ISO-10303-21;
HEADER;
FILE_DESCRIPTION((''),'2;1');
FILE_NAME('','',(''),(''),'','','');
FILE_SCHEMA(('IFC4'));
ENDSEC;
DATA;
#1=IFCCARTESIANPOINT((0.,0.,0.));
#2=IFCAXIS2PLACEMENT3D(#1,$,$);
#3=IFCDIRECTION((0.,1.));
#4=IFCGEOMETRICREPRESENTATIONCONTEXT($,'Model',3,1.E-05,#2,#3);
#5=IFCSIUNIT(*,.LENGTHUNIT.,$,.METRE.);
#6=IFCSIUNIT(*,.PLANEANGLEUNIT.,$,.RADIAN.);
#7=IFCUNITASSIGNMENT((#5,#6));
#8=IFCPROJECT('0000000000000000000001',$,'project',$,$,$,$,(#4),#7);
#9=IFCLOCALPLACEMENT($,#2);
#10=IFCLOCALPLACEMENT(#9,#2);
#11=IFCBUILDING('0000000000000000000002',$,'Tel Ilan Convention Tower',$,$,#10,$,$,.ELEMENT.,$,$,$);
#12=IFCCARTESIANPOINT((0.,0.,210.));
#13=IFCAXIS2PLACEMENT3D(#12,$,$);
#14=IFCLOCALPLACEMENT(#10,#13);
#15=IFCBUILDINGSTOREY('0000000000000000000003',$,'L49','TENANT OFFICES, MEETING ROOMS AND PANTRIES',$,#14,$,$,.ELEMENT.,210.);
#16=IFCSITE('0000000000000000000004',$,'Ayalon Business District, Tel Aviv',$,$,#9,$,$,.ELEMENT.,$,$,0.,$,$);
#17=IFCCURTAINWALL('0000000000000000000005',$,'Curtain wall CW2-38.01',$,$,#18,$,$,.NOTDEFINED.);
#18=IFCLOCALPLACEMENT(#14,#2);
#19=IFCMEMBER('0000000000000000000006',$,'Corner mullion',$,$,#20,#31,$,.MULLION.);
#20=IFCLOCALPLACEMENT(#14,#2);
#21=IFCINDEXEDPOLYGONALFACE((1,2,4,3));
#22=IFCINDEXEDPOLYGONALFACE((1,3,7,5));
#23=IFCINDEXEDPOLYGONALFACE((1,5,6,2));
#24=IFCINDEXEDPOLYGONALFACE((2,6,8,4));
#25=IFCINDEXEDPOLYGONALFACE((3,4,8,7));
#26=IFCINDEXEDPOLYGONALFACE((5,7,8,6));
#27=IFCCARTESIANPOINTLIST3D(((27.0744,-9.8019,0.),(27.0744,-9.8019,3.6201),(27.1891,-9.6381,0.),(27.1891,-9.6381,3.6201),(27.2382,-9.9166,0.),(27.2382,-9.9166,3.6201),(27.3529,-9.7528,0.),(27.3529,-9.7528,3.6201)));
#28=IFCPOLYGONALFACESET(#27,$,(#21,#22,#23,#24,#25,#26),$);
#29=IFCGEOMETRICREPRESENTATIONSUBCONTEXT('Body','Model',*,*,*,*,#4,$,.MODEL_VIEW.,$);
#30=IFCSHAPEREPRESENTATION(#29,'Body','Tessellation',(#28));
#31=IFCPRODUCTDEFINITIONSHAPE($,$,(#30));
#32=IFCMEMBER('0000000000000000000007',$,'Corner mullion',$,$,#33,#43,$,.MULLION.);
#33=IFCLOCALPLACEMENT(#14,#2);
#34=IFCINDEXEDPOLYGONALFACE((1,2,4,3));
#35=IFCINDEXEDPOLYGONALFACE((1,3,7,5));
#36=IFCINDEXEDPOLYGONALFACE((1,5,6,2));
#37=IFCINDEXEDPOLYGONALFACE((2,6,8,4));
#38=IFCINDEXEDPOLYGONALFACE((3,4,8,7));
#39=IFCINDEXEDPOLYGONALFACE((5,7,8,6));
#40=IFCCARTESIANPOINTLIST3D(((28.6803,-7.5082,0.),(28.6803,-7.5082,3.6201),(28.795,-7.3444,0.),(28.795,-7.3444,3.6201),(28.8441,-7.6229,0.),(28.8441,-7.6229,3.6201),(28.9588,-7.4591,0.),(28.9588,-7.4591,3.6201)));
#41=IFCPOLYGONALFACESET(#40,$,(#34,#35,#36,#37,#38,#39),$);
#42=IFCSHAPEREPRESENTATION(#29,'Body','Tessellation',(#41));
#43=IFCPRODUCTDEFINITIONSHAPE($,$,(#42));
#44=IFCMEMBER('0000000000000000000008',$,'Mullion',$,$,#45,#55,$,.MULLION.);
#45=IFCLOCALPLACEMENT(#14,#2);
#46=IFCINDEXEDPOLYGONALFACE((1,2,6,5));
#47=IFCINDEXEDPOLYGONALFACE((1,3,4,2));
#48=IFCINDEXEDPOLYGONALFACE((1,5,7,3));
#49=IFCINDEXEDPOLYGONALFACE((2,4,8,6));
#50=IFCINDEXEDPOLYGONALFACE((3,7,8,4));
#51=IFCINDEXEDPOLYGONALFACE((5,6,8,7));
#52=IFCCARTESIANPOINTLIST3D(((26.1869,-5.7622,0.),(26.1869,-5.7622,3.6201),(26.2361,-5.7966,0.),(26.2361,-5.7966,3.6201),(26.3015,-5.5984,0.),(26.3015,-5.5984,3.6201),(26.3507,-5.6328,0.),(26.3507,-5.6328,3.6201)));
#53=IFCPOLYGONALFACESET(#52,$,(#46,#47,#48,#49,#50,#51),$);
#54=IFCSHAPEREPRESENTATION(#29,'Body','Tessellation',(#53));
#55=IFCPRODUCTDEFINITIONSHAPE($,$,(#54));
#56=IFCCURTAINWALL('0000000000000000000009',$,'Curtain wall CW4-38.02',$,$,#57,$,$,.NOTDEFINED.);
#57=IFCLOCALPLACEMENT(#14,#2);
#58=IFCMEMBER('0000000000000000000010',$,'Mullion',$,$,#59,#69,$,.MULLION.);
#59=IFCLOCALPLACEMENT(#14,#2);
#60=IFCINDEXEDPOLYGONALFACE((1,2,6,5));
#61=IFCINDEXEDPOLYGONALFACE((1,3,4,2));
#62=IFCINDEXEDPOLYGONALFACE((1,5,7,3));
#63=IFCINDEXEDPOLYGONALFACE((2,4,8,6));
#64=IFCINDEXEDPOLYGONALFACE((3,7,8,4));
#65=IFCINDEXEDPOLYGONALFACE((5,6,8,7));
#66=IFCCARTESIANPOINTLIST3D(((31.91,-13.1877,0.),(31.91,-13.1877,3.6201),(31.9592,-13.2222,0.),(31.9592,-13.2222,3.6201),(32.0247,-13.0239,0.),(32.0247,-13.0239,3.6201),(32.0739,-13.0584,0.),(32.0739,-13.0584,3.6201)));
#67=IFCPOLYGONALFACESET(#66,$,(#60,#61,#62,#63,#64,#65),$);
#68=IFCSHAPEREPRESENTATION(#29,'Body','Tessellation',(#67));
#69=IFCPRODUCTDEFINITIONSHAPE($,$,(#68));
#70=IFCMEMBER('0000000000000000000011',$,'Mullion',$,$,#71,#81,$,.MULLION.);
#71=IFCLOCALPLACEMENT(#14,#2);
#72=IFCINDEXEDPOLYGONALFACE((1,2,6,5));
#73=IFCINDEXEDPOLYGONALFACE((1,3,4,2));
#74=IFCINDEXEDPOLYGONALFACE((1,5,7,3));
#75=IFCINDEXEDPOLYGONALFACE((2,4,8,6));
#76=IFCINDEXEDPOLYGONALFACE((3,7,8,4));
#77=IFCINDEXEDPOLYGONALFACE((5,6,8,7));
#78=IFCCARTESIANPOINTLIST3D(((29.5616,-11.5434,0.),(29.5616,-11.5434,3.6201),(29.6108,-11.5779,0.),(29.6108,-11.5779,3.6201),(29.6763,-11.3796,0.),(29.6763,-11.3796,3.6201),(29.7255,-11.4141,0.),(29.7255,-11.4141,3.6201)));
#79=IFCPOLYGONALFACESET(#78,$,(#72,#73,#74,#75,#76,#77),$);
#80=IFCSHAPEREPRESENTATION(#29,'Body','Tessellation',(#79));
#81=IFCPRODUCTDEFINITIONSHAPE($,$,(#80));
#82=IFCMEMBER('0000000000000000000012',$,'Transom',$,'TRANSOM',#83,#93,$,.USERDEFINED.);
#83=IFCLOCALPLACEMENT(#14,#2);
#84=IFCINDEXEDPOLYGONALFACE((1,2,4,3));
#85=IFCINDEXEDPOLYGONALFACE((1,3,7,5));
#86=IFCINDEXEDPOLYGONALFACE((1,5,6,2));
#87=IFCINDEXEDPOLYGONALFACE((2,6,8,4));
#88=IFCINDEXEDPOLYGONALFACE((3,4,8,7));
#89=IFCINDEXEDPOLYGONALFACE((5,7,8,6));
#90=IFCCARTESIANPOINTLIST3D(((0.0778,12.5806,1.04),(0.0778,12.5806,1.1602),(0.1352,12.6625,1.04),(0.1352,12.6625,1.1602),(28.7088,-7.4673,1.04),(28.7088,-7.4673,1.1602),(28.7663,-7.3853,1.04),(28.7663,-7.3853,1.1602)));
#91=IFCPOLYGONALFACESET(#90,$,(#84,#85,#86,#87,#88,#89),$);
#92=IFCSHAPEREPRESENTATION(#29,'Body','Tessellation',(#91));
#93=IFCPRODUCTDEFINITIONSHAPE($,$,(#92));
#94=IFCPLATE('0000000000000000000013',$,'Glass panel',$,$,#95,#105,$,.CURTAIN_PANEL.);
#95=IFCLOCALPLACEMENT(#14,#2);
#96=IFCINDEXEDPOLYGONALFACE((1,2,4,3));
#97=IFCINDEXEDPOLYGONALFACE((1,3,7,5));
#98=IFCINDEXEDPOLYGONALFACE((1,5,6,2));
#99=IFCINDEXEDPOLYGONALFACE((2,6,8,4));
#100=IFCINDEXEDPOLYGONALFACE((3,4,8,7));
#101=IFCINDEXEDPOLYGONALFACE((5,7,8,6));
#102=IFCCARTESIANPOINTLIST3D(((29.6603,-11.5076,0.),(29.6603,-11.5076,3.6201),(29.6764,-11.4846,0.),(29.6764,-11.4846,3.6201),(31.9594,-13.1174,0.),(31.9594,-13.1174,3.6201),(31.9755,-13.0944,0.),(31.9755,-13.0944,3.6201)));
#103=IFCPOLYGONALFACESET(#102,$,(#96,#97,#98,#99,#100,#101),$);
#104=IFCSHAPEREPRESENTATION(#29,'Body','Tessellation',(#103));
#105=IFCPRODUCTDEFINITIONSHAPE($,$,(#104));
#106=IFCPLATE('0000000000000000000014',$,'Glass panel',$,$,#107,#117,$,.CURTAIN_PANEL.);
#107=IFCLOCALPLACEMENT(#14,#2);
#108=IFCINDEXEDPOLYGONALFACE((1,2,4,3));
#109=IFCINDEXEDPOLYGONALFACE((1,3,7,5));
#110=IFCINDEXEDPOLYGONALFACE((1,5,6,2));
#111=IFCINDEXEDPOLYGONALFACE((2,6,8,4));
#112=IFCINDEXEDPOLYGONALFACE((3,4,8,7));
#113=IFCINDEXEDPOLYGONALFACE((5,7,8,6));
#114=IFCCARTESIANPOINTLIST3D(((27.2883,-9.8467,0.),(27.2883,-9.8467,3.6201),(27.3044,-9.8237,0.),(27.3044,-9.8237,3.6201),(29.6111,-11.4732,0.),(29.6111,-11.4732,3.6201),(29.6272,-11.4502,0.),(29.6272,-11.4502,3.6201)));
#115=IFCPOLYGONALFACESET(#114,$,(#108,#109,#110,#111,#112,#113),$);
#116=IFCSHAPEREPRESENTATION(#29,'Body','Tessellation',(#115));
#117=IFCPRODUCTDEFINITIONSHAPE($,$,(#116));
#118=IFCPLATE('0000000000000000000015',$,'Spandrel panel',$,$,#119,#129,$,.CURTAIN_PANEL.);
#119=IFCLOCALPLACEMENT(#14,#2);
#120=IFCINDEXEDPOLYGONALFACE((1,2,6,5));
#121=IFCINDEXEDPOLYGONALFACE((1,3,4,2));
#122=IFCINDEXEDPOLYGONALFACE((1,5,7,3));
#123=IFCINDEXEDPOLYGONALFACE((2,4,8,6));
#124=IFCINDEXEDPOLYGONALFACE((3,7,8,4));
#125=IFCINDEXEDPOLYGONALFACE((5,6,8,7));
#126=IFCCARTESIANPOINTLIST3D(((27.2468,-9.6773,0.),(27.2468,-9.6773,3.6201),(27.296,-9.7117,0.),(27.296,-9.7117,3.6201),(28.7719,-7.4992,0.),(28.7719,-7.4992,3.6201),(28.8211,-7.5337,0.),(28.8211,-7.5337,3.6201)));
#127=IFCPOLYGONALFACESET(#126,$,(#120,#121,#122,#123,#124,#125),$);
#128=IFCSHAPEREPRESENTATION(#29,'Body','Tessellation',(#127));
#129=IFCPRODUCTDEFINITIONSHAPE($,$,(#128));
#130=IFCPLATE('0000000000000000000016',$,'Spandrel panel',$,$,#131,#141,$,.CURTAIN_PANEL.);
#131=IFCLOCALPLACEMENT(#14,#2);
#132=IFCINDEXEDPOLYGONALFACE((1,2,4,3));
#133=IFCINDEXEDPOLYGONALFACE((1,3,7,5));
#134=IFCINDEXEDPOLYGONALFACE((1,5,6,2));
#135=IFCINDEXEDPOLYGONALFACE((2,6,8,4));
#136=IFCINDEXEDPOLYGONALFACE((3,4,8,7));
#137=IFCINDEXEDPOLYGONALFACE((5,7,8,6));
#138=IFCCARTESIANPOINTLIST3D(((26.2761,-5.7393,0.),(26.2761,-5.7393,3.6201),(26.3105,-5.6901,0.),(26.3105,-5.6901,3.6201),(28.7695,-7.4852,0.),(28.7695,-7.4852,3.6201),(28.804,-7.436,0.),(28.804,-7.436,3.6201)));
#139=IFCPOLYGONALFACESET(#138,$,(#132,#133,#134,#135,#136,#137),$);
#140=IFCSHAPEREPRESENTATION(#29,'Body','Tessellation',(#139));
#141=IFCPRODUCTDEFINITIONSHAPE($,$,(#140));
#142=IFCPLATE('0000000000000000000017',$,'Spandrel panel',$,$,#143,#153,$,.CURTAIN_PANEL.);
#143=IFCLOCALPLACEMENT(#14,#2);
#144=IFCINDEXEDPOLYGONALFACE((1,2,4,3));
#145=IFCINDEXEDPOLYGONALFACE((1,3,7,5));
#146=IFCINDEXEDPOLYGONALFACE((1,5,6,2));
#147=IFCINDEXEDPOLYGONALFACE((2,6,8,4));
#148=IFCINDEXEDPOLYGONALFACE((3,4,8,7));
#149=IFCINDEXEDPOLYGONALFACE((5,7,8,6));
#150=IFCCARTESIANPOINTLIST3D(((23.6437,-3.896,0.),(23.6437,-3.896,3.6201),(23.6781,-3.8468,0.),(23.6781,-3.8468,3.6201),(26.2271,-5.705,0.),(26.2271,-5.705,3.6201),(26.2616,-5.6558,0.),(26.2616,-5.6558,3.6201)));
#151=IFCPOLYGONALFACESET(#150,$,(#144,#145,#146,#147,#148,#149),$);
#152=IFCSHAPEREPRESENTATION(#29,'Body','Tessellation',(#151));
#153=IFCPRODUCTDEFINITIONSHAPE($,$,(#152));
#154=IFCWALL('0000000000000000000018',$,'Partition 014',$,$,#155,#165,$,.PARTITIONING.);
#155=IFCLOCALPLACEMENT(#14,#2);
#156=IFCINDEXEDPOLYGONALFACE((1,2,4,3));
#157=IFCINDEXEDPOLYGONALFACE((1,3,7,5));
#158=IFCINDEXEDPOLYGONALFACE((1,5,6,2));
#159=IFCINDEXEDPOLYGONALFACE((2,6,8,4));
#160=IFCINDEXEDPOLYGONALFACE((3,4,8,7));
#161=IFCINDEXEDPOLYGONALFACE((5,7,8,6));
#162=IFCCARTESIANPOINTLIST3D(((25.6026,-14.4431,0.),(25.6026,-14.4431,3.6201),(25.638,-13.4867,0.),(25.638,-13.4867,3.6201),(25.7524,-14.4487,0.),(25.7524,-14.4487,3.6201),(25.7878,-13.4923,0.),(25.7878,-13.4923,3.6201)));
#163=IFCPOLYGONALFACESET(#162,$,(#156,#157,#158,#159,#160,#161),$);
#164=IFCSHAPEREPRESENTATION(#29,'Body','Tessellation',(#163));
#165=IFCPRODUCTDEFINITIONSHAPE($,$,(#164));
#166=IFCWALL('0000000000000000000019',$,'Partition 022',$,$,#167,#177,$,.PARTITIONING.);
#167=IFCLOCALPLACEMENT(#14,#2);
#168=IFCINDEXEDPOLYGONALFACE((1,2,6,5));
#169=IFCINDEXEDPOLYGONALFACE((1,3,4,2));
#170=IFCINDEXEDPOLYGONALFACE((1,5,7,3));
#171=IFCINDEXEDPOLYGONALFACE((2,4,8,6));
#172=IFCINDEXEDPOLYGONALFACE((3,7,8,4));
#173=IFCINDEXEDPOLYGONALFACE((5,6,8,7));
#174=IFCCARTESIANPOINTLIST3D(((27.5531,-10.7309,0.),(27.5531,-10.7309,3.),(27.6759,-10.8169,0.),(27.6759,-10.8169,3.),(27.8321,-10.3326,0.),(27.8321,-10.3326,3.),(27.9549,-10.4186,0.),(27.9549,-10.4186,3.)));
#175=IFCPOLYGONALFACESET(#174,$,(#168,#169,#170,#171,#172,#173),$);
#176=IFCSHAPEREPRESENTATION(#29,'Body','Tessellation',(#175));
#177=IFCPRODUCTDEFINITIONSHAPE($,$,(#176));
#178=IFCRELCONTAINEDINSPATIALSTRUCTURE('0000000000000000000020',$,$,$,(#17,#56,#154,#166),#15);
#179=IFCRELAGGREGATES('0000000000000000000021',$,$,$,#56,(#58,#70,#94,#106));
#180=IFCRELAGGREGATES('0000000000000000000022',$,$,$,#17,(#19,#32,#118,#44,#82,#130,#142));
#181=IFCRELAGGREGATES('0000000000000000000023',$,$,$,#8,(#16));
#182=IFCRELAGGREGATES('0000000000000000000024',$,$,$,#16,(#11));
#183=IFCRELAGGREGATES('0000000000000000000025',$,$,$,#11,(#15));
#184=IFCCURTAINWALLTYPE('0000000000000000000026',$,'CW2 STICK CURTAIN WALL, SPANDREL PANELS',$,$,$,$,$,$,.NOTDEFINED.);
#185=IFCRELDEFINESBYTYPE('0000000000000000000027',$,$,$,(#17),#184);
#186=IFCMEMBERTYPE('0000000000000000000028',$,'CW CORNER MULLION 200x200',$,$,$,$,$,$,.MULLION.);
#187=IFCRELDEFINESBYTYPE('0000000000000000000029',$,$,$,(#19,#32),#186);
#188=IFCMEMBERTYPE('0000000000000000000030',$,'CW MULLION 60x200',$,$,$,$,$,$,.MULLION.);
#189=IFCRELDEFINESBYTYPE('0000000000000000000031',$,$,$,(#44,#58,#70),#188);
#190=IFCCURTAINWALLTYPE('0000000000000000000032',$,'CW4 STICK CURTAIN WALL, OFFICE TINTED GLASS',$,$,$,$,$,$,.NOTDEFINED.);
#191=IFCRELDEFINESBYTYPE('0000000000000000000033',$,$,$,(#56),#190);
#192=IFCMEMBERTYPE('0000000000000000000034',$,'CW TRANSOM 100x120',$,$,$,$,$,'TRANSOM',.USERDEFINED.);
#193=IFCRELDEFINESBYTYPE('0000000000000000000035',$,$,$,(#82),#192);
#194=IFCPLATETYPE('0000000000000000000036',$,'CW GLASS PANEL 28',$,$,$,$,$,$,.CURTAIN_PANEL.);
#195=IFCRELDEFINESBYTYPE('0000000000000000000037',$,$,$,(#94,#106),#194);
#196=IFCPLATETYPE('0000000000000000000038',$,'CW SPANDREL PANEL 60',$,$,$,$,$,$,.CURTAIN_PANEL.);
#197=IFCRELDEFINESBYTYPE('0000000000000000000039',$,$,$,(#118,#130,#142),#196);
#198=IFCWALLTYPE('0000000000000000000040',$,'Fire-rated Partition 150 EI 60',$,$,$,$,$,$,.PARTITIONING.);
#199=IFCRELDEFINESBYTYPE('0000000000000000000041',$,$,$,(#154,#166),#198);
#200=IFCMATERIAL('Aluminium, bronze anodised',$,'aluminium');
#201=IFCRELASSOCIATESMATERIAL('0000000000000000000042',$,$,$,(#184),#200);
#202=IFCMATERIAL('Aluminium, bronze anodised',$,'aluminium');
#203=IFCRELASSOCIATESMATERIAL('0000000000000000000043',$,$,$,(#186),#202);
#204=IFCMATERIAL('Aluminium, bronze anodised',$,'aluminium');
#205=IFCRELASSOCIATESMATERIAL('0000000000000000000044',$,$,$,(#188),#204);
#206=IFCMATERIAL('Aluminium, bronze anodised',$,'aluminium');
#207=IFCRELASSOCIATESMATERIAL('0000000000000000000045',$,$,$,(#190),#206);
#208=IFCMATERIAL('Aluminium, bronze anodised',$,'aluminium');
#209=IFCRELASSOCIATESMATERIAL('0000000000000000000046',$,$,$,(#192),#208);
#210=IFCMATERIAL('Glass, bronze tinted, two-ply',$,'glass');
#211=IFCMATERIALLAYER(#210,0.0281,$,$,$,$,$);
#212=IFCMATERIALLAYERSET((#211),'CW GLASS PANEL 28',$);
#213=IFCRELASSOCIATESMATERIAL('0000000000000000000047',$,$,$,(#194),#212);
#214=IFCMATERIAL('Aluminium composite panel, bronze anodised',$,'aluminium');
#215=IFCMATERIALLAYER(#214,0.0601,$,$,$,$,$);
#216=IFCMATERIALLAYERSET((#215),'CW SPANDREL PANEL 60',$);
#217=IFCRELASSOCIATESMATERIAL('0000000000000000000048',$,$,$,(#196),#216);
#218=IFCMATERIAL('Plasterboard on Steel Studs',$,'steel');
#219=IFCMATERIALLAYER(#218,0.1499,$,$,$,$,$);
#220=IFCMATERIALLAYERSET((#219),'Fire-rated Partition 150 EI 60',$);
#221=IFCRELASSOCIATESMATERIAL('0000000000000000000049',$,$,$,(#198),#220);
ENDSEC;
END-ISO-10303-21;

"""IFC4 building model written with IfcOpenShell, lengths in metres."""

from ifc_helpers import new_model, si_unit, direction, frame, frame_2d, origin, origin_2d, place, context, subcontext, project, spatial, rectangle, extrude, material, layer, layer_set, material_profile, profile_set, type_object, element, aggregate, save


model = new_model("IFC4")

# Units and contexts
model_context = context("Model", 3, precision=1e-05, world=origin(), true_north=direction((0.0, 1.0)))
body_context = subcontext(model_context, "Body", "Model", "MODEL_VIEW")
ifc_project = project(units=[si_unit("LENGTHUNIT", "METRE"), si_unit("PLANEANGLEUNIT", "RADIAN")], contexts=[model_context])

# Site, building, storey
site_placement = place(None, origin())
site = spatial("IfcSite", under=ifc_project, at=site_placement, Name="Ayalon Business District, Tel Aviv", CompositionType="ELEMENT", RefElevation=0.0)
building_placement = place(site_placement, origin())
building = spatial("IfcBuilding", under=site, at=building_placement, Name="Tel Ilan Convention Tower", CompositionType="ELEMENT")
storey_placement = place(building_placement, frame((0.0, 0.0, 210.0)))
storey = spatial("IfcBuildingStorey", under=building, at=storey_placement, Name="L49", Description="TENANT OFFICES, MEETING ROOMS AND PANTRIES", CompositionType="ELEMENT", Elevation=210.0)

# Curtain walls, members
ifc_material_1 = material(Name="Aluminium, bronze anodised", Category="aluminium")
curtain_wall_type_1 = type_object("IfcCurtainWallType", Name="CW2 STICK CURTAIN WALL, SPANDREL PANELS", PredefinedType="NOTDEFINED", material=ifc_material_1)
curtain_wall_1_placement = place(storey_placement, origin())
curtain_wall_1 = element("IfcCurtainWall", 1, at=curtain_wall_1_placement, inside=storey, type_object=curtain_wall_type_1, Name="Curtain wall CW2-38.01", PredefinedType="NOTDEFINED")
ifc_material_2 = material(Name="Aluminium, bronze anodised", Category="aluminium")
ifc_material_profile_1 = material_profile(ifc_material_2, rectangle(XDim=0.2, YDim=0.2, at=origin_2d()), Name="CW CORNER MULLION 200x200")
ifc_profile_set_1 = profile_set([ifc_material_profile_1], Name="Aluminium, bronze anodised")
member_type_1 = type_object("IfcMemberType", Name="CW CORNER MULLION 200x200", PredefinedType="MULLION", material=ifc_profile_set_1)
member_1_placement = place(storey_placement, frame((27.2136, -9.7773, 0.0), z_axis=(0.0, 0.0, 1.0), x_axis=(-0.819152, 0.573576, 0.0)))
member_1 = element("IfcMember", 2, at=member_1_placement, type_object=member_type_1, Name="Corner mullion", PredefinedType="MULLION", context=body_context, shape_type="SweptSolid", body=[
    extrude(rectangle(XDim=0.2, YDim=0.2, at=origin_2d()), origin(), (0.0, 0.0, 1.0), 3.6201),
])
member_2_placement = place(storey_placement, frame((28.8196, -7.4836, 0.0), z_axis=(0.0, 0.0, 1.0), x_axis=(0.573576, 0.819152, 0.0)))
member_2 = element("IfcMember", 3, at=member_2_placement, type_object=member_type_1, Name="Corner mullion", PredefinedType="MULLION", context=body_context, shape_type="SweptSolid", body=[
    extrude(rectangle(XDim=0.2, YDim=0.2, at=origin_2d()), origin(), (0.0, 0.0, 1.0), 3.6201),
])
ifc_material_3 = material(Name="Aluminium, bronze anodised", Category="aluminium")
ifc_material_profile_2 = material_profile(ifc_material_3, rectangle(XDim=0.0601, YDim=0.2, at=origin_2d()), Name="CW MULLION 60x200")
ifc_profile_set_2 = profile_set([ifc_material_profile_2], Name="Aluminium, bronze anodised")
member_type_2 = type_object("IfcMemberType", Name="CW MULLION 60x200", PredefinedType="MULLION", material=ifc_profile_set_2)
member_3_placement = place(storey_placement, frame((26.2688, -5.6975, 0.0), z_axis=(0.0, 0.0, 1.0), x_axis=(-0.819152, 0.573576, 0.0)))
member_3 = element("IfcMember", 4, at=member_3_placement, type_object=member_type_2, Name="Mullion", PredefinedType="MULLION", context=body_context, shape_type="SweptSolid", body=[
    extrude(rectangle(XDim=0.0601, YDim=0.2, at=origin_2d()), origin(), (0.0, 0.0, 1.0), 3.6201),
])
ifc_material_4 = material(Name="Aluminium, bronze anodised", Category="aluminium")
curtain_wall_type_2 = type_object("IfcCurtainWallType", Name="CW4 STICK CURTAIN WALL, OFFICE TINTED GLASS", PredefinedType="NOTDEFINED", material=ifc_material_4)
curtain_wall_2_placement = place(storey_placement, origin())
curtain_wall_2 = element("IfcCurtainWall", 5, at=curtain_wall_2_placement, inside=storey, type_object=curtain_wall_type_2, Name="Curtain wall CW4-38.02", PredefinedType="NOTDEFINED")
member_4_placement = place(storey_placement, frame((31.9919, -13.123, 0.0), z_axis=(0.0, 0.0, 1.0), x_axis=(-0.819152, 0.573576, 0.0)))
member_4 = element("IfcMember", 6, at=member_4_placement, type_object=member_type_2, Name="Mullion", PredefinedType="MULLION", context=body_context, shape_type="SweptSolid", body=[
    extrude(rectangle(XDim=0.0601, YDim=0.2, at=origin_2d()), origin(), (0.0, 0.0, 1.0), 3.6201),
])
member_5_placement = place(storey_placement, frame((29.6436, -11.4788, 0.0), z_axis=(0.0, 0.0, 1.0), x_axis=(-0.819152, 0.573576, 0.0)))
member_5 = element("IfcMember", 7, at=member_5_placement, type_object=member_type_2, Name="Mullion", PredefinedType="MULLION", context=body_context, shape_type="SweptSolid", body=[
    extrude(rectangle(XDim=0.0601, YDim=0.2, at=origin_2d()), origin(), (0.0, 0.0, 1.0), 3.6201),
])

# Member
ifc_material_5 = material(Name="Aluminium, bronze anodised", Category="aluminium")
ifc_material_profile_3 = material_profile(ifc_material_5, rectangle(XDim=0.1001, YDim=0.1201, at=origin_2d()), Name="CW TRANSOM 100x120")
ifc_profile_set_3 = profile_set([ifc_material_profile_3], Name="Aluminium, bronze anodised")
member_type_3 = type_object("IfcMemberType", Name="CW TRANSOM 100x120", ElementType="TRANSOM", PredefinedType="USERDEFINED", material=ifc_profile_set_3)
member_6_placement = place(storey_placement, frame((28.7375, -7.4263, 1.1001), z_axis=(-0.81915, 0.573579, 0.0), x_axis=(-0.573579, -0.81915, 0.0)))
member_6 = element("IfcMember", 8, at=member_6_placement, type_object=member_type_3, Name="Transom", ObjectType="TRANSOM", PredefinedType="USERDEFINED", context=body_context, shape_type="SweptSolid", body=[
    extrude(rectangle(XDim=0.1001, YDim=0.1201, at=origin_2d()), origin(), (0.0, 0.0, 1.0), 34.9521),
])

# Plates
ifc_material_6 = material(Name="Glass, bronze tinted, two-ply", Category="glass")
ifc_layer_1 = layer(ifc_material_6, 0.0281)
ifc_layer_set_1 = layer_set([ifc_layer_1], Name="CW GLASS PANEL 28")
plate_type_1 = type_object("IfcPlateType", Name="CW GLASS PANEL 28", PredefinedType="CURTAIN_PANEL", material=ifc_layer_set_1)
plate_1_placement = place(storey_placement, frame((30.8179, -12.301, 0.0), z_axis=(0.0, 0.0, 1.0), x_axis=(-0.819152, 0.573576, 0.0)))
plate_1 = element("IfcPlate", 9, at=plate_1_placement, type_object=plate_type_1, Name="Glass panel", PredefinedType="CURTAIN_PANEL", context=body_context, shape_type="SweptSolid", body=[
    extrude(rectangle(XDim=2.8066, YDim=0.0281, at=origin_2d()), origin(), (0.0, 0.0, 1.0), 3.6201),
])
plate_2_placement = place(storey_placement, frame((28.4578, -10.6484, 0.0), z_axis=(0.0, 0.0, 1.0), x_axis=(-0.819152, 0.573576, 0.0)))
plate_2 = element("IfcPlate", 10, at=plate_2_placement, type_object=plate_type_1, Name="Glass panel", PredefinedType="CURTAIN_PANEL", context=body_context, shape_type="SweptSolid", body=[
    extrude(rectangle(XDim=2.8357, YDim=0.0281, at=origin_2d()), origin(), (0.0, 0.0, 1.0), 3.6201),
])
aggregate(curtain_wall_2, [member_4, member_5, plate_1, plate_2])
ifc_material_7 = material(Name="Aluminium composite panel, bronze anodised", Category="aluminium")
ifc_layer_2 = layer(ifc_material_7, 0.0601)
ifc_layer_set_2 = layer_set([ifc_layer_2], Name="CW SPANDREL PANEL 60")
plate_type_2 = type_object("IfcPlateType", Name="CW SPANDREL PANEL 60", PredefinedType="CURTAIN_PANEL", material=ifc_layer_set_2)
plate_3_placement = place(storey_placement, frame((28.0339, -8.6055, 0.0), z_axis=(0.0, 0.0, 1.0), x_axis=(0.573576, 0.819152, 0.0)))
plate_3 = element("IfcPlate", 11, at=plate_3_placement, type_object=plate_type_2, Name="Spandrel panel", PredefinedType="CURTAIN_PANEL", context=body_context, shape_type="SweptSolid", body=[
    extrude(rectangle(XDim=2.6589, YDim=0.0601, at=origin_2d()), origin(), (0.0, 0.0, 1.0), 3.6201),
])
plate_4_placement = place(storey_placement, frame((27.54, -6.5876, 0.0), z_axis=(0.0, 0.0, 1.0), x_axis=(-0.819152, 0.573576, 0.0)))
plate_4 = element("IfcPlate", 12, at=plate_4_placement, type_object=plate_type_2, Name="Spandrel panel", PredefinedType="CURTAIN_PANEL", context=body_context, shape_type="SweptSolid", body=[
    extrude(rectangle(XDim=3.0439, YDim=0.0601, at=origin_2d()), origin(), (0.0, 0.0, 1.0), 3.6201),
])
plate_5_placement = place(storey_placement, frame((24.9526, -4.7759, 0.0), z_axis=(0.0, 0.0, 1.0), x_axis=(-0.819152, 0.573576, 0.0)))
plate_5 = element("IfcPlate", 13, at=plate_5_placement, type_object=plate_type_2, Name="Spandrel panel", PredefinedType="CURTAIN_PANEL", context=body_context, shape_type="SweptSolid", body=[
    extrude(rectangle(XDim=3.1538, YDim=0.0601, at=origin_2d()), origin(), (0.0, 0.0, 1.0), 3.6201),
])
aggregate(curtain_wall_1, [member_1, member_2, plate_3, member_3, member_6, plate_4, plate_5])

# Walls
ifc_material_8 = material(Name="Plasterboard on Steel Studs", Category="steel")
ifc_layer_3 = layer(ifc_material_8, 0.1499)
ifc_layer_set_3 = layer_set([ifc_layer_3], Name="Fire-rated Partition 150 EI 60")
wall_type_1 = type_object("IfcWallType", Name="Fire-rated Partition 150 EI 60", PredefinedType="PARTITIONING", material=ifc_layer_set_3)
wall_1_placement = place(storey_placement, frame((25.7129, -13.4895, 0.0), z_axis=(0.0, 0.0, 1.0), x_axis=(-0.036993, -0.999316, 0.0)))
element("IfcWall", 14, at=wall_1_placement, inside=storey, type_object=wall_type_1, Name="Partition 014", PredefinedType="PARTITIONING", context=body_context, shape_type="SweptSolid", body=[
    extrude(rectangle(XDim=0.957, YDim=0.1499, at=frame_2d((0.4785, 0.0))), origin(), (0.0, 0.0, 1.0), 3.6201),
])
wall_2_placement = place(storey_placement, frame((27.6145, -10.7739, 0.0), z_axis=(0.0, 0.0, 1.0), x_axis=(0.573664, 0.81909, 0.0)))
element("IfcWall", 15, at=wall_2_placement, inside=storey, type_object=wall_type_1, Name="Partition 022", PredefinedType="PARTITIONING", context=body_context, shape_type="SweptSolid", body=[
    extrude(rectangle(XDim=0.4863, YDim=0.1499, at=frame_2d((0.2432, 0.0))), origin(), (0.0, 0.0, 1.0), 3.0),
])

save(model, "model.ifc")
